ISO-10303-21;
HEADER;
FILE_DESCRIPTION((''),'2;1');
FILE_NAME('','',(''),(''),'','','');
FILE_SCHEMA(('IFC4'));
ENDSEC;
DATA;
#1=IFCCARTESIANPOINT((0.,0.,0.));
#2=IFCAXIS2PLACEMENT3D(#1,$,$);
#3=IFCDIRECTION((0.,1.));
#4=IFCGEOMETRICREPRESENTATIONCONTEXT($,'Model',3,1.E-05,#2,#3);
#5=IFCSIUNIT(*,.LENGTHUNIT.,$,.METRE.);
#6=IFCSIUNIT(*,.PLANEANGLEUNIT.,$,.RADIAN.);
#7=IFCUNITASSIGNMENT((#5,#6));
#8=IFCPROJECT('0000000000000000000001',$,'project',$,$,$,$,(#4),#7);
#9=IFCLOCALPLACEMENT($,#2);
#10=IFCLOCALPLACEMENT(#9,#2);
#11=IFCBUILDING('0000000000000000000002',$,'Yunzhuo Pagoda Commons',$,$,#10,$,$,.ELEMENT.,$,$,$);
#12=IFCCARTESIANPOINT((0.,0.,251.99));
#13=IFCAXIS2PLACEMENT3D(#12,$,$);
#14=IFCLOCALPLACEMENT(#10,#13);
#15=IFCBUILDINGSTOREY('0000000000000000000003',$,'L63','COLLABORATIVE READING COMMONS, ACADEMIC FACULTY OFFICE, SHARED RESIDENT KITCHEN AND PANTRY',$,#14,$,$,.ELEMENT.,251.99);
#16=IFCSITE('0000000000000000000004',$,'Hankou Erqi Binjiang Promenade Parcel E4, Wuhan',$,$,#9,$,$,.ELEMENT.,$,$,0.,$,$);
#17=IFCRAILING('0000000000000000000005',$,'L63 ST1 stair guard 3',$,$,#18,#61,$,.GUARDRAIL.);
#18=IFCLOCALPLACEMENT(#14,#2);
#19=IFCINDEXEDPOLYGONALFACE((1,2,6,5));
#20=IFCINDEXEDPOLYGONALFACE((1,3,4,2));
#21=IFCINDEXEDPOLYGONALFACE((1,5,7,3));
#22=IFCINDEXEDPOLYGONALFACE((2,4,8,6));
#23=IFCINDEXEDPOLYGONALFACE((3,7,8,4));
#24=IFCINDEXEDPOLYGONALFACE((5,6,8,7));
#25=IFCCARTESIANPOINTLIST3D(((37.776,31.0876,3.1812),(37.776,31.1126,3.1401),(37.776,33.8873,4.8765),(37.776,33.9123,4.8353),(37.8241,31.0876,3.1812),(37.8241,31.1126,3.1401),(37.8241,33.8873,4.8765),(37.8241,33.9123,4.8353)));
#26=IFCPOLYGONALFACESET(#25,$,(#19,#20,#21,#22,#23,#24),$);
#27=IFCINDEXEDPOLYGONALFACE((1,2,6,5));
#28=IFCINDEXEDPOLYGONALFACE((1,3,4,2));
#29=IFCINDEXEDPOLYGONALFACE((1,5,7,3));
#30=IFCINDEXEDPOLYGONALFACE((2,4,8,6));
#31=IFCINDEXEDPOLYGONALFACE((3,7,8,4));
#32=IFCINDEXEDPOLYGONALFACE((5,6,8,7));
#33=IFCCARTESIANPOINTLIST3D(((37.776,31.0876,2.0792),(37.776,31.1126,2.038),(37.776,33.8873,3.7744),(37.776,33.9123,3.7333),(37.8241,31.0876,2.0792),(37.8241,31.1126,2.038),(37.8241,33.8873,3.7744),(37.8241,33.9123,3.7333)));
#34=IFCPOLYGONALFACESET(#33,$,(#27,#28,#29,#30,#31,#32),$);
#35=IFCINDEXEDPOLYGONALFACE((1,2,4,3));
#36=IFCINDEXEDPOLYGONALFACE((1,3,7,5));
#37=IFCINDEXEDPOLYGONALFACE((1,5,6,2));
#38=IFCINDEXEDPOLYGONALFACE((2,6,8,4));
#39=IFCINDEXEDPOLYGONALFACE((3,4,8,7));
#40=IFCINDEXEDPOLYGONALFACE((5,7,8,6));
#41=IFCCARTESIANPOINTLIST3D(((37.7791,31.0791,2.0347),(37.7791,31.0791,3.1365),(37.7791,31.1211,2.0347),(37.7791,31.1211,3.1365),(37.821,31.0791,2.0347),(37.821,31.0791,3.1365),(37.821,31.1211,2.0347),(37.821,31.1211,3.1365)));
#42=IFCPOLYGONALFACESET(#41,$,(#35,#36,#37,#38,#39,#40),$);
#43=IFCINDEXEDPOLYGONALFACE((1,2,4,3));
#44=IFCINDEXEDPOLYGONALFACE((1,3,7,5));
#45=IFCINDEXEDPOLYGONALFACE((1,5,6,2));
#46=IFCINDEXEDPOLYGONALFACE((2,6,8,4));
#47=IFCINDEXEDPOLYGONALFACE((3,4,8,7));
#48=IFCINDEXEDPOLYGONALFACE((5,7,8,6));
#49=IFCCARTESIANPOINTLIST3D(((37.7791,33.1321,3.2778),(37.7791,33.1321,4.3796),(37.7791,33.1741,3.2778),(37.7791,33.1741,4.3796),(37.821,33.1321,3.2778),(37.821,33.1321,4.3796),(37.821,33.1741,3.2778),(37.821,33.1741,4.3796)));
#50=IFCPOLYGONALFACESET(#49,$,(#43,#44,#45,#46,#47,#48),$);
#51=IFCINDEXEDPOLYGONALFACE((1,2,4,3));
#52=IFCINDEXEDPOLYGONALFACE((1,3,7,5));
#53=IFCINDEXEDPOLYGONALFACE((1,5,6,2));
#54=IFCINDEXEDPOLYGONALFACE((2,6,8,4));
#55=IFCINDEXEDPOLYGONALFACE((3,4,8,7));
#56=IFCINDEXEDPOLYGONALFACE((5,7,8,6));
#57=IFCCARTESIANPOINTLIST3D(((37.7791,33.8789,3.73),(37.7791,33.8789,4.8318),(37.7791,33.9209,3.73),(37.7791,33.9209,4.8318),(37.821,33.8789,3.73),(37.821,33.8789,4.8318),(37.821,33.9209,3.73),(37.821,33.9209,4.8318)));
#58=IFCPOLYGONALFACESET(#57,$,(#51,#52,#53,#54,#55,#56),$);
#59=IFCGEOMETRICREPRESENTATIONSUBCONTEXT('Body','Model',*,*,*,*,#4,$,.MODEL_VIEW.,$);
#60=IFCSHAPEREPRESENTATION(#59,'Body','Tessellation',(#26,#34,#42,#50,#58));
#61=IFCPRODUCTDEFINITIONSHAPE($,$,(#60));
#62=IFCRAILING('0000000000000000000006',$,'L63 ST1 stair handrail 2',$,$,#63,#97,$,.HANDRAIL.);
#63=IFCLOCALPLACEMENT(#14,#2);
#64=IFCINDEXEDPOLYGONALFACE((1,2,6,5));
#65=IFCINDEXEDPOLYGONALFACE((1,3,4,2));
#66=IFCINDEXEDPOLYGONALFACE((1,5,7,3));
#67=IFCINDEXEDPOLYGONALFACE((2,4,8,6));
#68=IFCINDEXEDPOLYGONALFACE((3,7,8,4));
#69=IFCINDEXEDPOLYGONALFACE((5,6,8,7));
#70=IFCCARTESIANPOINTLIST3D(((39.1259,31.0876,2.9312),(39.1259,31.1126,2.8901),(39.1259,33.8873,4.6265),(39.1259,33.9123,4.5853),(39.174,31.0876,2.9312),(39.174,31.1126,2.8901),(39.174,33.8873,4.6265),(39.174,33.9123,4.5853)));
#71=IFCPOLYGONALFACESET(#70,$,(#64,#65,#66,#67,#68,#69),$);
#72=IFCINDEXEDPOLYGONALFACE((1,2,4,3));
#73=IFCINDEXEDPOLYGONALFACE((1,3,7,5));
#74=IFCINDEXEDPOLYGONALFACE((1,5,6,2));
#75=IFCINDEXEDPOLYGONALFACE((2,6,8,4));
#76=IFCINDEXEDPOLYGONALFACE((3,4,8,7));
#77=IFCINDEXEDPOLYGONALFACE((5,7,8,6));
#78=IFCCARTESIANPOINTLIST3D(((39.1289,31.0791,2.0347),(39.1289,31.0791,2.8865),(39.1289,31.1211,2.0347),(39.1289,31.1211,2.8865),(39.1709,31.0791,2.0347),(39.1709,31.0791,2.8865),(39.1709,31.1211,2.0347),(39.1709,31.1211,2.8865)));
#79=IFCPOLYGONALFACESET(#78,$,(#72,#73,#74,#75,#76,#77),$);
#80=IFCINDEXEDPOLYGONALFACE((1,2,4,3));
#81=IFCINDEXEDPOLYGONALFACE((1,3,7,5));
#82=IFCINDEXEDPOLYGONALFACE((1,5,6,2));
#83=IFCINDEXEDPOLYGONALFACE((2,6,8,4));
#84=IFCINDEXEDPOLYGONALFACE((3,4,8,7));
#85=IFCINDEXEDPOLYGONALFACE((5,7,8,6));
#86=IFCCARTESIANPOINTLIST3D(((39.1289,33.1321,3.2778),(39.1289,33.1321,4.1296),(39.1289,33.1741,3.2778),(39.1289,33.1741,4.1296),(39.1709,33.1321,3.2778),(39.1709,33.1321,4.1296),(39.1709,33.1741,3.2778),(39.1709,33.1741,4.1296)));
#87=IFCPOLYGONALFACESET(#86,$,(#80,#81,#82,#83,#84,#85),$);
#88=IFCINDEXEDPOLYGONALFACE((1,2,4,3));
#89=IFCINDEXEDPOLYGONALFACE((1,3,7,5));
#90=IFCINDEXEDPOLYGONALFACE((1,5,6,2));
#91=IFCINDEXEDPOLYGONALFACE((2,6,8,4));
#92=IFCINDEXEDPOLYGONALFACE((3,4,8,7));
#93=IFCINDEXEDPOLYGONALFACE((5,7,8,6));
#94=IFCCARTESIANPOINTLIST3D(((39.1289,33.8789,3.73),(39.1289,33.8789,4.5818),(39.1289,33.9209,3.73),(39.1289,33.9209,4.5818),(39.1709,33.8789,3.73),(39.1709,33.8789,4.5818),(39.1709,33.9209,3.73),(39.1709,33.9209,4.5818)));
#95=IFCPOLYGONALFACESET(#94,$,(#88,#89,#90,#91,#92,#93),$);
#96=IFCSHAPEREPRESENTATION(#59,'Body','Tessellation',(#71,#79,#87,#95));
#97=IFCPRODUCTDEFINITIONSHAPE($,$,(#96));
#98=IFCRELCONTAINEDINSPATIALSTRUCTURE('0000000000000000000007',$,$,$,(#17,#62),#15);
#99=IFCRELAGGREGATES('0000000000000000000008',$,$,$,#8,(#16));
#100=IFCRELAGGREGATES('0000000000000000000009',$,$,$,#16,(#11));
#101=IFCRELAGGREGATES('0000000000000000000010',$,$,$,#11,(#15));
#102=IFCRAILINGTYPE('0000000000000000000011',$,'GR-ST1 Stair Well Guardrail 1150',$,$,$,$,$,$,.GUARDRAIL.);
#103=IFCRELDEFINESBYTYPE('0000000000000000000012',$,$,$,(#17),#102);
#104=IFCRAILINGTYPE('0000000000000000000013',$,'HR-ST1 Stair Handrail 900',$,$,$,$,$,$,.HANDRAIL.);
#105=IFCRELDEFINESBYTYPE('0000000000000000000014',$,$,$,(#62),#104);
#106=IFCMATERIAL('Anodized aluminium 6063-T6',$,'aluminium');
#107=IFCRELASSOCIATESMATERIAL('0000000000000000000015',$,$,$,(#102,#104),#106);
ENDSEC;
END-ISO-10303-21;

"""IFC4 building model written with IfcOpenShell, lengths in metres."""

from ifc_helpers import new_model, si_unit, direction, frame, origin, origin_2d, place, context, subcontext, project, spatial, rectangle, extrude, material, type_object, element, save


model = new_model("IFC4")

# Units and contexts
model_context = context("Model", 3, precision=1e-05, world=origin(), true_north=direction((0.0, 1.0)))
body_context = subcontext(model_context, "Body", "Model", "MODEL_VIEW")
ifc_project = project(units=[si_unit("LENGTHUNIT", "METRE"), si_unit("PLANEANGLEUNIT", "RADIAN")], contexts=[model_context])

# Site, building, storey
site_placement = place(None, origin())
site = spatial("IfcSite", under=ifc_project, at=site_placement, Name="Hankou Erqi Binjiang Promenade Parcel E4, Wuhan", CompositionType="ELEMENT", RefElevation=0.0)
building_placement = place(site_placement, origin())
building = spatial("IfcBuilding", under=site, at=building_placement, Name="Yunzhuo Pagoda Commons", CompositionType="ELEMENT")
storey_placement = place(building_placement, frame((0.0, 0.0, 251.99)))
storey = spatial("IfcBuildingStorey", under=building, at=storey_placement, Name="L63", Description="COLLABORATIVE READING COMMONS, ACADEMIC FACULTY OFFICE, SHARED RESIDENT KITCHEN AND PANTRY", CompositionType="ELEMENT", Elevation=251.99)

# Railings
ifc_material_1 = material(Name="Anodized aluminium 6063-T6", Category="aluminium")
railing_type_1 = type_object("IfcRailingType", Name="GR-ST1 Stair Well Guardrail 1150", PredefinedType="GUARDRAIL", material=ifc_material_1)
railing_1_placement = place(storey_placement, frame((37.8, 31.1001, 2.0347)))
element("IfcRailing", 1, at=railing_1_placement, inside=storey, type_object=railing_type_1, Name="L63 ST1 stair guard 3", PredefinedType="GUARDRAIL", context=body_context, shape_type="SweptSolid", body=[
    extrude(rectangle(XDim=0.0481, YDim=0.0481, at=origin_2d()), frame((0.0, 0.0, 1.126), z_axis=(0.0, 0.855406, 0.517958), x_axis=(-1.0, 0.0, 0.0)), (0.0, 0.0, 1.0), 3.2729),
    extrude(rectangle(XDim=0.0481, YDim=0.0481, at=origin_2d()), frame((0.0, 0.0, 0.0239), z_axis=(0.0, 0.855406, 0.517958), x_axis=(-1.0, 0.0, 0.0)), (0.0, 0.0, 1.0), 3.2729),
    extrude(rectangle(XDim=0.042, YDim=0.042, at=origin_2d()), origin(), (0.0, 0.0, 1.0), 1.1018),
    extrude(rectangle(XDim=0.042, YDim=0.042, at=origin_2d()), frame((0.0, 2.053, 1.2432)), (0.0, 0.0, 1.0), 1.1018),
    extrude(rectangle(XDim=0.042, YDim=0.042, at=origin_2d()), frame((0.0, 2.7998, 1.6953)), (0.0, 0.0, 1.0), 1.1018),
])
railing_type_2 = type_object("IfcRailingType", Name="HR-ST1 Stair Handrail 900", PredefinedType="HANDRAIL", material=ifc_material_1)
railing_2_placement = place(storey_placement, frame((39.1499, 31.1001, 2.0347)))
element("IfcRailing", 2, at=railing_2_placement, inside=storey, type_object=railing_type_2, Name="L63 ST1 stair handrail 2", PredefinedType="HANDRAIL", context=body_context, shape_type="SweptSolid", body=[
    extrude(rectangle(XDim=0.0481, YDim=0.0481, at=origin_2d()), frame((0.0, 0.0, 0.876), z_axis=(0.0, 0.855406, 0.517958), x_axis=(-1.0, 0.0, 0.0)), (0.0, 0.0, 1.0), 3.2729),
    extrude(rectangle(XDim=0.042, YDim=0.042, at=origin_2d()), origin(), (0.0, 0.0, 1.0), 0.8518),
    extrude(rectangle(XDim=0.042, YDim=0.042, at=origin_2d()), frame((0.0, 2.053, 1.2432)), (0.0, 0.0, 1.0), 0.8518),
    extrude(rectangle(XDim=0.042, YDim=0.042, at=origin_2d()), frame((0.0, 2.7998, 1.6953)), (0.0, 0.0, 1.0), 0.8518),
])

save(model, "model.ifc")
